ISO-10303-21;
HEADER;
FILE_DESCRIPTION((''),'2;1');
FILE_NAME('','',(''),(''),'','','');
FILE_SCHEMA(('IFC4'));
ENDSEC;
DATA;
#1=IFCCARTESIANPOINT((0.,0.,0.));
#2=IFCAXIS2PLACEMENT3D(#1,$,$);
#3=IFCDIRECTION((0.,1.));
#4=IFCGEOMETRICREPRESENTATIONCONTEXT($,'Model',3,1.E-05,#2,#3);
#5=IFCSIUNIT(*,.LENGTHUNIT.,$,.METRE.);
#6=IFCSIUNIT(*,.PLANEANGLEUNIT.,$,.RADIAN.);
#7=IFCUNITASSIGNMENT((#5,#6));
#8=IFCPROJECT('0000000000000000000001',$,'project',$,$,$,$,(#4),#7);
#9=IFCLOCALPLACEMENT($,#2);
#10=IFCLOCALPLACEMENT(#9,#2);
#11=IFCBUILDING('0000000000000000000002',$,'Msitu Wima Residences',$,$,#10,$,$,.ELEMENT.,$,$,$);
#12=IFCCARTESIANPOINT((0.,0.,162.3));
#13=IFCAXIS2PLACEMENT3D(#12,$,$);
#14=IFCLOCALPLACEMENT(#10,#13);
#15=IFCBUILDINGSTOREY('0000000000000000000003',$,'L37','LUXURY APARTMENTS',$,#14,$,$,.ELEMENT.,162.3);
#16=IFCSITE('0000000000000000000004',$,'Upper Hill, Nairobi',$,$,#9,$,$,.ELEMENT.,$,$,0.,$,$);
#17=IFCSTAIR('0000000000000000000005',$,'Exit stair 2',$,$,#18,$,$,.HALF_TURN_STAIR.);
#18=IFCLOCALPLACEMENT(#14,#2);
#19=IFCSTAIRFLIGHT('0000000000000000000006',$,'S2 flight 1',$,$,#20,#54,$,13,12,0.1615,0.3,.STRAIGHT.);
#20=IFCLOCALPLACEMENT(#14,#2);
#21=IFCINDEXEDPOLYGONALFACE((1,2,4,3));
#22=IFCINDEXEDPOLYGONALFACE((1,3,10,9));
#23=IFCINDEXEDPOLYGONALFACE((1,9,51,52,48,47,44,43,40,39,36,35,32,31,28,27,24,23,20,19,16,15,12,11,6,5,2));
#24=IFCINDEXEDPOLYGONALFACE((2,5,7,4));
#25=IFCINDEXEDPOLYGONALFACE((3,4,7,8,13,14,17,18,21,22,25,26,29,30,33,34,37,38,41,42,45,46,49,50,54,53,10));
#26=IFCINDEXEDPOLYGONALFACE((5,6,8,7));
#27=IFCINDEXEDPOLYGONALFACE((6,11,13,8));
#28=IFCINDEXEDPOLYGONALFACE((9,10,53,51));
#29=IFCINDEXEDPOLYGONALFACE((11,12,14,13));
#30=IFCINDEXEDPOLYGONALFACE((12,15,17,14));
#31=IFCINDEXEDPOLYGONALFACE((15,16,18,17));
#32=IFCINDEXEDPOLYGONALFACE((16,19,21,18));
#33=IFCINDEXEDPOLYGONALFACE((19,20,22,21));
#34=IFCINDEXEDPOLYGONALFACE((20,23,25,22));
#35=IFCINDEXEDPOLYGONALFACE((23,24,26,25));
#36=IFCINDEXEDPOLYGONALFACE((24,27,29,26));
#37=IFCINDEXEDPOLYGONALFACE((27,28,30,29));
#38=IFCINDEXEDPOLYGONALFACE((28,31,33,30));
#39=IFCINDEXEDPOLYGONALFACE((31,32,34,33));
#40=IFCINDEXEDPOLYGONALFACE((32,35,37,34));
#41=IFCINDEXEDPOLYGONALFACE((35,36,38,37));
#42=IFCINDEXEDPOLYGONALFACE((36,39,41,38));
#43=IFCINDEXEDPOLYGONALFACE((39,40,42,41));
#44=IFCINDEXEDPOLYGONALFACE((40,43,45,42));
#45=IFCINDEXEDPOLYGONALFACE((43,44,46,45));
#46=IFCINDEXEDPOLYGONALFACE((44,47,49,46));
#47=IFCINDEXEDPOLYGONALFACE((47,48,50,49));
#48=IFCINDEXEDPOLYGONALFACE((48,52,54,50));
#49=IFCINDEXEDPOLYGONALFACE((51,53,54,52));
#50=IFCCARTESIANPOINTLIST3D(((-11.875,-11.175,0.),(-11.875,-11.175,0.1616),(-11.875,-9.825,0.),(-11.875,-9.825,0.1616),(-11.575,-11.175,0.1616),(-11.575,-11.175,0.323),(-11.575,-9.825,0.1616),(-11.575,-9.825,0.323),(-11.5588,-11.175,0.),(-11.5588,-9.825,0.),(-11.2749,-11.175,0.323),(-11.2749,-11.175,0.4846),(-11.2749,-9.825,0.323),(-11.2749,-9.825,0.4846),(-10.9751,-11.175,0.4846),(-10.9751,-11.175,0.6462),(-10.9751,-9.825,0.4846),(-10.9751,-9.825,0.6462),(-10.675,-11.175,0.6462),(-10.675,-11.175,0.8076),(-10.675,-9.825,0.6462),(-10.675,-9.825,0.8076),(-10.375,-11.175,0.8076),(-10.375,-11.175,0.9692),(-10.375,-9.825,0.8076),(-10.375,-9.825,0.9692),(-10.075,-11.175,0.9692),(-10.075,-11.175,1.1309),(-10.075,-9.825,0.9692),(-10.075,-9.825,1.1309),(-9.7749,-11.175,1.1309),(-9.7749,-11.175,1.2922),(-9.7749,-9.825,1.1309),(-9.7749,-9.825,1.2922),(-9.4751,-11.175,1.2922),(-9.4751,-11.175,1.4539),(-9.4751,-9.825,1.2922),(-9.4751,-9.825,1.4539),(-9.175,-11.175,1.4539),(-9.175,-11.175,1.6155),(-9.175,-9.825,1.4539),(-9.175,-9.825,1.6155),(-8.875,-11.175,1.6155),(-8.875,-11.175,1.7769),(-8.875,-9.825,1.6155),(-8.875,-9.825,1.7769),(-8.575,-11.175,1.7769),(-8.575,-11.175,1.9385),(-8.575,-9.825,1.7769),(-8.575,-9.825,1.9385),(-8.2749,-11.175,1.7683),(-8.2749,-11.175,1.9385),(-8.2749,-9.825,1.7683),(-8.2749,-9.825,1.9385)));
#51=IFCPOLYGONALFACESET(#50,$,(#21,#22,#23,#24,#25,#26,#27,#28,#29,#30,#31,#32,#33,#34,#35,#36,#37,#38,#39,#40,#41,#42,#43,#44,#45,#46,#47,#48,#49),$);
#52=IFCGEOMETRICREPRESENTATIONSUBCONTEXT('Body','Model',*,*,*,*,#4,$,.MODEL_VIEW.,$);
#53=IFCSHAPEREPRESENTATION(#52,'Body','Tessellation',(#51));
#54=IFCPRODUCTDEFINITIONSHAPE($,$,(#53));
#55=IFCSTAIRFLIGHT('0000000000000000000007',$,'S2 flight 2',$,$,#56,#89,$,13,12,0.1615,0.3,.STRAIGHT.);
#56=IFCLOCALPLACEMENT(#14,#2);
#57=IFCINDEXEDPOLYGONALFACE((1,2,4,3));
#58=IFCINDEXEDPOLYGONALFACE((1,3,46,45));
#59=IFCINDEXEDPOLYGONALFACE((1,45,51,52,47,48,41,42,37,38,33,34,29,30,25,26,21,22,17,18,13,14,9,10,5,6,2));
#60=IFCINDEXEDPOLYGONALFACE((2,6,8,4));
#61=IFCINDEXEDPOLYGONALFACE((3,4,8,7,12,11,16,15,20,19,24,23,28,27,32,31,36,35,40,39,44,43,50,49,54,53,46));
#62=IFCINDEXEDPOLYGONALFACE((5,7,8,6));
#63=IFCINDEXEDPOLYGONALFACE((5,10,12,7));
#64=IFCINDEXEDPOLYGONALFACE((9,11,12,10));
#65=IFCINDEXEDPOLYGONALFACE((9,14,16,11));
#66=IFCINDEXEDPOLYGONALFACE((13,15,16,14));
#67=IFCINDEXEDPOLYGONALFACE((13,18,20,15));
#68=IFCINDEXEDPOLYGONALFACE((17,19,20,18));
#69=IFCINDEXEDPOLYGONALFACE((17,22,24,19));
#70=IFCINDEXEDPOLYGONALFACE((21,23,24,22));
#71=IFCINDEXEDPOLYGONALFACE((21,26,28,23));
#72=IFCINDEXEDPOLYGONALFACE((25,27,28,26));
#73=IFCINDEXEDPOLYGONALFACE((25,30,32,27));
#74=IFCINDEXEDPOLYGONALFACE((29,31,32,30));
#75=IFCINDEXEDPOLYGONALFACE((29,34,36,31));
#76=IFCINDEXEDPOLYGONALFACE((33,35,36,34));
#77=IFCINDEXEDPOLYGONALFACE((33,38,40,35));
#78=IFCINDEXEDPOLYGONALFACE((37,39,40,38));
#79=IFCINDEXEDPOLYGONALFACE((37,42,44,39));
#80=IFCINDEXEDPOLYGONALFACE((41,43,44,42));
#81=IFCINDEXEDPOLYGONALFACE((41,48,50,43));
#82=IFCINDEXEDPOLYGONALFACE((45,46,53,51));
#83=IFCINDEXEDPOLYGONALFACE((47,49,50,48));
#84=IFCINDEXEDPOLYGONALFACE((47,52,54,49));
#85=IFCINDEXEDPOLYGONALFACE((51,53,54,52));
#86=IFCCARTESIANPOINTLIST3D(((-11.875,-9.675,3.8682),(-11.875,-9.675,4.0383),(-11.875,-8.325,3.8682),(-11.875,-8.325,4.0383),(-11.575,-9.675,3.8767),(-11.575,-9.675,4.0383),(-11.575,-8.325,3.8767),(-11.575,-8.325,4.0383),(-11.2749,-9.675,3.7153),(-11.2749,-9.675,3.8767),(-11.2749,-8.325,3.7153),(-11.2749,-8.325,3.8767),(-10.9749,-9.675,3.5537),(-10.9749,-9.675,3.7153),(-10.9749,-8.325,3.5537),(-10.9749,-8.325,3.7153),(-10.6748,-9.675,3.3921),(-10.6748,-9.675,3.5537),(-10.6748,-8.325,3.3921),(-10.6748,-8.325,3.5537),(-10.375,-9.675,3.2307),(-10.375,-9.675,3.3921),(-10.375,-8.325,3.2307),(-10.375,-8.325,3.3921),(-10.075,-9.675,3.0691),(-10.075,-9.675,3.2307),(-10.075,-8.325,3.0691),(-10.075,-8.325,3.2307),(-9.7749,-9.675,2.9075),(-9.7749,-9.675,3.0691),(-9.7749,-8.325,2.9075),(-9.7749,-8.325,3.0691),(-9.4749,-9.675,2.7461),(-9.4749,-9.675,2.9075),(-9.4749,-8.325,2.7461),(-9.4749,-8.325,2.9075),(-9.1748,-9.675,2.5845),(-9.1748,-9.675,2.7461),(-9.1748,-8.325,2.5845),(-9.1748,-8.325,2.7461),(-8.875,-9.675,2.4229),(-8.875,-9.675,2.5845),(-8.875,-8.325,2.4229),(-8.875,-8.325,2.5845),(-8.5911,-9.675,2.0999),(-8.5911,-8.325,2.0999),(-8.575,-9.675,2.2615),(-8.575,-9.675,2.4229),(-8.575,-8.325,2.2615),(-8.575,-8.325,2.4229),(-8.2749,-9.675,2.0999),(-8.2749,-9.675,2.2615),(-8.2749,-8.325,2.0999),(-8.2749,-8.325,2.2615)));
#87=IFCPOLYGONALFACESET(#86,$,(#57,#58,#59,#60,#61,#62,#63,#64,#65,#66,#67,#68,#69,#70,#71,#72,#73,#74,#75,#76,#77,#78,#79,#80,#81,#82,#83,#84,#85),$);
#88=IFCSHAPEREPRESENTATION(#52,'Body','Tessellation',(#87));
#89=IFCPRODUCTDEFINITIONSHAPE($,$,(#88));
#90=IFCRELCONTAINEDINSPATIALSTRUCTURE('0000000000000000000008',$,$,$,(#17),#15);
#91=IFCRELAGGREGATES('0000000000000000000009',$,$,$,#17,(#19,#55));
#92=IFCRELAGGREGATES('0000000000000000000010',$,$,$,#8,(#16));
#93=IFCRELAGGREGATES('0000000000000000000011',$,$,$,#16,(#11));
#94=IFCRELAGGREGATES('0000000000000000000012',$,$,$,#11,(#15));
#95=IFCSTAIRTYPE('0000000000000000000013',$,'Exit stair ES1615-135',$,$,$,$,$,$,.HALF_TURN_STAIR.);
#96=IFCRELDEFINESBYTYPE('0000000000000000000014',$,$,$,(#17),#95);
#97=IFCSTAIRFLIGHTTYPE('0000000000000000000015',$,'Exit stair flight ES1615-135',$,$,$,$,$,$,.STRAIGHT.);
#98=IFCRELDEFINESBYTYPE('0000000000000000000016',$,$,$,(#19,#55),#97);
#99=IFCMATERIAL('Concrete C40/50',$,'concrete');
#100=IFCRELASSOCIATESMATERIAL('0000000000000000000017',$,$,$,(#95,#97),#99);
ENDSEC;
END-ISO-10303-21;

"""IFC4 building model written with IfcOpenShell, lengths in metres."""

from ifc_helpers import new_model, si_unit, direction, frame, origin, place, context, subcontext, project, spatial, polyline, outline, extrude, material, type_object, element, aggregate, save


model = new_model("IFC4")

# Units and contexts
model_context = context("Model", 3, precision=1e-05, world=origin(), true_north=direction((0.0, 1.0)))
body_context = subcontext(model_context, "Body", "Model", "MODEL_VIEW")
ifc_project = project(units=[si_unit("LENGTHUNIT", "METRE"), si_unit("PLANEANGLEUNIT", "RADIAN")], contexts=[model_context])

# Site, building, storey
site_placement = place(None, origin())
site = spatial("IfcSite", under=ifc_project, at=site_placement, Name="Upper Hill, Nairobi", CompositionType="ELEMENT", RefElevation=0.0)
building_placement = place(site_placement, origin())
building = spatial("IfcBuilding", under=site, at=building_placement, Name="Msitu Wima Residences", CompositionType="ELEMENT")
storey_placement = place(building_placement, frame((0.0, 0.0, 162.3)))
storey = spatial("IfcBuildingStorey", under=building, at=storey_placement, Name="L37", Description="LUXURY APARTMENTS", CompositionType="ELEMENT", Elevation=162.3)

# Shared definitions
ifc_material_1 = material(Name="Concrete C40/50", Category="concrete")

# Stair, stair flights
stair_type = type_object("IfcStairType", Name="Exit stair ES1615-135", PredefinedType="HALF_TURN_STAIR", material=ifc_material_1)
stair_placement = place(storey_placement, origin())
stair = element("IfcStair", 1, at=stair_placement, inside=storey, type_object=stair_type, Name="Exit stair 2", PredefinedType="HALF_TURN_STAIR")
stair_flight_type = type_object("IfcStairFlightType", Name="Exit stair flight ES1615-135", PredefinedType="STRAIGHT", material=ifc_material_1)
stair_flight_1_placement = place(storey_placement, frame((-11.875, -10.5, 0.0), z_axis=(0.0, 0.0, 1.0), x_axis=(1.0, 0.0, 0.0)))
stair_flight_1 = element("IfcStairFlight", 2, at=stair_flight_1_placement, type_object=stair_flight_type, Name="S2 flight 1", NumberOfRisers=13, NumberOfTreads=12, PredefinedType="STRAIGHT", RiserHeight=0.1615, TreadLength=0.3, context=body_context, shape_type="SweptSolid", body=[
    extrude(outline(polyline([(0.0, 0.0), (0.0, 0.1616), (0.3, 0.1616), (0.3, 0.323), (0.6001, 0.323), (0.6001, 0.4846), (0.8999, 0.4846), (0.8999, 0.6462), (1.2, 0.6462), (1.2, 0.8076), (1.5, 0.8076), (1.5, 0.9692), (1.8, 0.9692), (1.8, 1.1309), (2.1001, 1.1309), (2.1001, 1.2922), (2.3999, 1.2922), (2.3999, 1.4539), (2.7, 1.4539), (2.7, 1.6155), (3.0, 1.6155), (3.0, 1.7769), (3.3, 1.7769), (3.3, 1.9385), (3.6001, 1.9385), (3.6001, 2.1001), (3.6001, 1.7683), (0.3162, 0.0), (0.0, 0.0)])), frame((0.0, 0.675, 0.0), z_axis=(0.0, -1.0, 0.0), x_axis=(1.0, 0.0, 0.0)), (0.0, 0.0, 1.0), 1.3501),
])
stair_flight_2_placement = place(storey_placement, frame((-8.2749, -9.0, 2.0999), z_axis=(0.0, 0.0, 1.0), x_axis=(-1.0, 0.0, 0.0)))
stair_flight_2 = element("IfcStairFlight", 3, at=stair_flight_2_placement, type_object=stair_flight_type, Name="S2 flight 2", NumberOfRisers=13, NumberOfTreads=12, PredefinedType="STRAIGHT", RiserHeight=0.1615, TreadLength=0.3, context=body_context, shape_type="SweptSolid", body=[
    extrude(outline(polyline([(0.0, 0.0), (0.0, 0.1616), (0.3, 0.1616), (0.3, 0.323), (0.6001, 0.323), (0.6001, 0.4846), (0.8999, 0.4846), (0.8999, 0.6462), (1.2, 0.6462), (1.2, 0.8076), (1.5, 0.8076), (1.5, 0.9692), (1.8, 0.9692), (1.8, 1.1309), (2.1001, 1.1309), (2.1001, 1.2922), (2.3999, 1.2922), (2.3999, 1.4539), (2.7, 1.4539), (2.7, 1.6155), (3.0, 1.6155), (3.0, 1.7769), (3.3, 1.7769), (3.3, 1.9385), (3.6001, 1.9385), (3.6001, 2.1001), (3.6001, 1.7683), (0.3162, 0.0), (0.0, 0.0)])), frame((0.0, 0.675, 0.0), z_axis=(0.0, -1.0, 0.0), x_axis=(1.0, 0.0, 0.0)), (0.0, 0.0, 1.0), 1.3501),
])
aggregate(stair, [stair_flight_1, stair_flight_2])

save(model, "model.ifc")
